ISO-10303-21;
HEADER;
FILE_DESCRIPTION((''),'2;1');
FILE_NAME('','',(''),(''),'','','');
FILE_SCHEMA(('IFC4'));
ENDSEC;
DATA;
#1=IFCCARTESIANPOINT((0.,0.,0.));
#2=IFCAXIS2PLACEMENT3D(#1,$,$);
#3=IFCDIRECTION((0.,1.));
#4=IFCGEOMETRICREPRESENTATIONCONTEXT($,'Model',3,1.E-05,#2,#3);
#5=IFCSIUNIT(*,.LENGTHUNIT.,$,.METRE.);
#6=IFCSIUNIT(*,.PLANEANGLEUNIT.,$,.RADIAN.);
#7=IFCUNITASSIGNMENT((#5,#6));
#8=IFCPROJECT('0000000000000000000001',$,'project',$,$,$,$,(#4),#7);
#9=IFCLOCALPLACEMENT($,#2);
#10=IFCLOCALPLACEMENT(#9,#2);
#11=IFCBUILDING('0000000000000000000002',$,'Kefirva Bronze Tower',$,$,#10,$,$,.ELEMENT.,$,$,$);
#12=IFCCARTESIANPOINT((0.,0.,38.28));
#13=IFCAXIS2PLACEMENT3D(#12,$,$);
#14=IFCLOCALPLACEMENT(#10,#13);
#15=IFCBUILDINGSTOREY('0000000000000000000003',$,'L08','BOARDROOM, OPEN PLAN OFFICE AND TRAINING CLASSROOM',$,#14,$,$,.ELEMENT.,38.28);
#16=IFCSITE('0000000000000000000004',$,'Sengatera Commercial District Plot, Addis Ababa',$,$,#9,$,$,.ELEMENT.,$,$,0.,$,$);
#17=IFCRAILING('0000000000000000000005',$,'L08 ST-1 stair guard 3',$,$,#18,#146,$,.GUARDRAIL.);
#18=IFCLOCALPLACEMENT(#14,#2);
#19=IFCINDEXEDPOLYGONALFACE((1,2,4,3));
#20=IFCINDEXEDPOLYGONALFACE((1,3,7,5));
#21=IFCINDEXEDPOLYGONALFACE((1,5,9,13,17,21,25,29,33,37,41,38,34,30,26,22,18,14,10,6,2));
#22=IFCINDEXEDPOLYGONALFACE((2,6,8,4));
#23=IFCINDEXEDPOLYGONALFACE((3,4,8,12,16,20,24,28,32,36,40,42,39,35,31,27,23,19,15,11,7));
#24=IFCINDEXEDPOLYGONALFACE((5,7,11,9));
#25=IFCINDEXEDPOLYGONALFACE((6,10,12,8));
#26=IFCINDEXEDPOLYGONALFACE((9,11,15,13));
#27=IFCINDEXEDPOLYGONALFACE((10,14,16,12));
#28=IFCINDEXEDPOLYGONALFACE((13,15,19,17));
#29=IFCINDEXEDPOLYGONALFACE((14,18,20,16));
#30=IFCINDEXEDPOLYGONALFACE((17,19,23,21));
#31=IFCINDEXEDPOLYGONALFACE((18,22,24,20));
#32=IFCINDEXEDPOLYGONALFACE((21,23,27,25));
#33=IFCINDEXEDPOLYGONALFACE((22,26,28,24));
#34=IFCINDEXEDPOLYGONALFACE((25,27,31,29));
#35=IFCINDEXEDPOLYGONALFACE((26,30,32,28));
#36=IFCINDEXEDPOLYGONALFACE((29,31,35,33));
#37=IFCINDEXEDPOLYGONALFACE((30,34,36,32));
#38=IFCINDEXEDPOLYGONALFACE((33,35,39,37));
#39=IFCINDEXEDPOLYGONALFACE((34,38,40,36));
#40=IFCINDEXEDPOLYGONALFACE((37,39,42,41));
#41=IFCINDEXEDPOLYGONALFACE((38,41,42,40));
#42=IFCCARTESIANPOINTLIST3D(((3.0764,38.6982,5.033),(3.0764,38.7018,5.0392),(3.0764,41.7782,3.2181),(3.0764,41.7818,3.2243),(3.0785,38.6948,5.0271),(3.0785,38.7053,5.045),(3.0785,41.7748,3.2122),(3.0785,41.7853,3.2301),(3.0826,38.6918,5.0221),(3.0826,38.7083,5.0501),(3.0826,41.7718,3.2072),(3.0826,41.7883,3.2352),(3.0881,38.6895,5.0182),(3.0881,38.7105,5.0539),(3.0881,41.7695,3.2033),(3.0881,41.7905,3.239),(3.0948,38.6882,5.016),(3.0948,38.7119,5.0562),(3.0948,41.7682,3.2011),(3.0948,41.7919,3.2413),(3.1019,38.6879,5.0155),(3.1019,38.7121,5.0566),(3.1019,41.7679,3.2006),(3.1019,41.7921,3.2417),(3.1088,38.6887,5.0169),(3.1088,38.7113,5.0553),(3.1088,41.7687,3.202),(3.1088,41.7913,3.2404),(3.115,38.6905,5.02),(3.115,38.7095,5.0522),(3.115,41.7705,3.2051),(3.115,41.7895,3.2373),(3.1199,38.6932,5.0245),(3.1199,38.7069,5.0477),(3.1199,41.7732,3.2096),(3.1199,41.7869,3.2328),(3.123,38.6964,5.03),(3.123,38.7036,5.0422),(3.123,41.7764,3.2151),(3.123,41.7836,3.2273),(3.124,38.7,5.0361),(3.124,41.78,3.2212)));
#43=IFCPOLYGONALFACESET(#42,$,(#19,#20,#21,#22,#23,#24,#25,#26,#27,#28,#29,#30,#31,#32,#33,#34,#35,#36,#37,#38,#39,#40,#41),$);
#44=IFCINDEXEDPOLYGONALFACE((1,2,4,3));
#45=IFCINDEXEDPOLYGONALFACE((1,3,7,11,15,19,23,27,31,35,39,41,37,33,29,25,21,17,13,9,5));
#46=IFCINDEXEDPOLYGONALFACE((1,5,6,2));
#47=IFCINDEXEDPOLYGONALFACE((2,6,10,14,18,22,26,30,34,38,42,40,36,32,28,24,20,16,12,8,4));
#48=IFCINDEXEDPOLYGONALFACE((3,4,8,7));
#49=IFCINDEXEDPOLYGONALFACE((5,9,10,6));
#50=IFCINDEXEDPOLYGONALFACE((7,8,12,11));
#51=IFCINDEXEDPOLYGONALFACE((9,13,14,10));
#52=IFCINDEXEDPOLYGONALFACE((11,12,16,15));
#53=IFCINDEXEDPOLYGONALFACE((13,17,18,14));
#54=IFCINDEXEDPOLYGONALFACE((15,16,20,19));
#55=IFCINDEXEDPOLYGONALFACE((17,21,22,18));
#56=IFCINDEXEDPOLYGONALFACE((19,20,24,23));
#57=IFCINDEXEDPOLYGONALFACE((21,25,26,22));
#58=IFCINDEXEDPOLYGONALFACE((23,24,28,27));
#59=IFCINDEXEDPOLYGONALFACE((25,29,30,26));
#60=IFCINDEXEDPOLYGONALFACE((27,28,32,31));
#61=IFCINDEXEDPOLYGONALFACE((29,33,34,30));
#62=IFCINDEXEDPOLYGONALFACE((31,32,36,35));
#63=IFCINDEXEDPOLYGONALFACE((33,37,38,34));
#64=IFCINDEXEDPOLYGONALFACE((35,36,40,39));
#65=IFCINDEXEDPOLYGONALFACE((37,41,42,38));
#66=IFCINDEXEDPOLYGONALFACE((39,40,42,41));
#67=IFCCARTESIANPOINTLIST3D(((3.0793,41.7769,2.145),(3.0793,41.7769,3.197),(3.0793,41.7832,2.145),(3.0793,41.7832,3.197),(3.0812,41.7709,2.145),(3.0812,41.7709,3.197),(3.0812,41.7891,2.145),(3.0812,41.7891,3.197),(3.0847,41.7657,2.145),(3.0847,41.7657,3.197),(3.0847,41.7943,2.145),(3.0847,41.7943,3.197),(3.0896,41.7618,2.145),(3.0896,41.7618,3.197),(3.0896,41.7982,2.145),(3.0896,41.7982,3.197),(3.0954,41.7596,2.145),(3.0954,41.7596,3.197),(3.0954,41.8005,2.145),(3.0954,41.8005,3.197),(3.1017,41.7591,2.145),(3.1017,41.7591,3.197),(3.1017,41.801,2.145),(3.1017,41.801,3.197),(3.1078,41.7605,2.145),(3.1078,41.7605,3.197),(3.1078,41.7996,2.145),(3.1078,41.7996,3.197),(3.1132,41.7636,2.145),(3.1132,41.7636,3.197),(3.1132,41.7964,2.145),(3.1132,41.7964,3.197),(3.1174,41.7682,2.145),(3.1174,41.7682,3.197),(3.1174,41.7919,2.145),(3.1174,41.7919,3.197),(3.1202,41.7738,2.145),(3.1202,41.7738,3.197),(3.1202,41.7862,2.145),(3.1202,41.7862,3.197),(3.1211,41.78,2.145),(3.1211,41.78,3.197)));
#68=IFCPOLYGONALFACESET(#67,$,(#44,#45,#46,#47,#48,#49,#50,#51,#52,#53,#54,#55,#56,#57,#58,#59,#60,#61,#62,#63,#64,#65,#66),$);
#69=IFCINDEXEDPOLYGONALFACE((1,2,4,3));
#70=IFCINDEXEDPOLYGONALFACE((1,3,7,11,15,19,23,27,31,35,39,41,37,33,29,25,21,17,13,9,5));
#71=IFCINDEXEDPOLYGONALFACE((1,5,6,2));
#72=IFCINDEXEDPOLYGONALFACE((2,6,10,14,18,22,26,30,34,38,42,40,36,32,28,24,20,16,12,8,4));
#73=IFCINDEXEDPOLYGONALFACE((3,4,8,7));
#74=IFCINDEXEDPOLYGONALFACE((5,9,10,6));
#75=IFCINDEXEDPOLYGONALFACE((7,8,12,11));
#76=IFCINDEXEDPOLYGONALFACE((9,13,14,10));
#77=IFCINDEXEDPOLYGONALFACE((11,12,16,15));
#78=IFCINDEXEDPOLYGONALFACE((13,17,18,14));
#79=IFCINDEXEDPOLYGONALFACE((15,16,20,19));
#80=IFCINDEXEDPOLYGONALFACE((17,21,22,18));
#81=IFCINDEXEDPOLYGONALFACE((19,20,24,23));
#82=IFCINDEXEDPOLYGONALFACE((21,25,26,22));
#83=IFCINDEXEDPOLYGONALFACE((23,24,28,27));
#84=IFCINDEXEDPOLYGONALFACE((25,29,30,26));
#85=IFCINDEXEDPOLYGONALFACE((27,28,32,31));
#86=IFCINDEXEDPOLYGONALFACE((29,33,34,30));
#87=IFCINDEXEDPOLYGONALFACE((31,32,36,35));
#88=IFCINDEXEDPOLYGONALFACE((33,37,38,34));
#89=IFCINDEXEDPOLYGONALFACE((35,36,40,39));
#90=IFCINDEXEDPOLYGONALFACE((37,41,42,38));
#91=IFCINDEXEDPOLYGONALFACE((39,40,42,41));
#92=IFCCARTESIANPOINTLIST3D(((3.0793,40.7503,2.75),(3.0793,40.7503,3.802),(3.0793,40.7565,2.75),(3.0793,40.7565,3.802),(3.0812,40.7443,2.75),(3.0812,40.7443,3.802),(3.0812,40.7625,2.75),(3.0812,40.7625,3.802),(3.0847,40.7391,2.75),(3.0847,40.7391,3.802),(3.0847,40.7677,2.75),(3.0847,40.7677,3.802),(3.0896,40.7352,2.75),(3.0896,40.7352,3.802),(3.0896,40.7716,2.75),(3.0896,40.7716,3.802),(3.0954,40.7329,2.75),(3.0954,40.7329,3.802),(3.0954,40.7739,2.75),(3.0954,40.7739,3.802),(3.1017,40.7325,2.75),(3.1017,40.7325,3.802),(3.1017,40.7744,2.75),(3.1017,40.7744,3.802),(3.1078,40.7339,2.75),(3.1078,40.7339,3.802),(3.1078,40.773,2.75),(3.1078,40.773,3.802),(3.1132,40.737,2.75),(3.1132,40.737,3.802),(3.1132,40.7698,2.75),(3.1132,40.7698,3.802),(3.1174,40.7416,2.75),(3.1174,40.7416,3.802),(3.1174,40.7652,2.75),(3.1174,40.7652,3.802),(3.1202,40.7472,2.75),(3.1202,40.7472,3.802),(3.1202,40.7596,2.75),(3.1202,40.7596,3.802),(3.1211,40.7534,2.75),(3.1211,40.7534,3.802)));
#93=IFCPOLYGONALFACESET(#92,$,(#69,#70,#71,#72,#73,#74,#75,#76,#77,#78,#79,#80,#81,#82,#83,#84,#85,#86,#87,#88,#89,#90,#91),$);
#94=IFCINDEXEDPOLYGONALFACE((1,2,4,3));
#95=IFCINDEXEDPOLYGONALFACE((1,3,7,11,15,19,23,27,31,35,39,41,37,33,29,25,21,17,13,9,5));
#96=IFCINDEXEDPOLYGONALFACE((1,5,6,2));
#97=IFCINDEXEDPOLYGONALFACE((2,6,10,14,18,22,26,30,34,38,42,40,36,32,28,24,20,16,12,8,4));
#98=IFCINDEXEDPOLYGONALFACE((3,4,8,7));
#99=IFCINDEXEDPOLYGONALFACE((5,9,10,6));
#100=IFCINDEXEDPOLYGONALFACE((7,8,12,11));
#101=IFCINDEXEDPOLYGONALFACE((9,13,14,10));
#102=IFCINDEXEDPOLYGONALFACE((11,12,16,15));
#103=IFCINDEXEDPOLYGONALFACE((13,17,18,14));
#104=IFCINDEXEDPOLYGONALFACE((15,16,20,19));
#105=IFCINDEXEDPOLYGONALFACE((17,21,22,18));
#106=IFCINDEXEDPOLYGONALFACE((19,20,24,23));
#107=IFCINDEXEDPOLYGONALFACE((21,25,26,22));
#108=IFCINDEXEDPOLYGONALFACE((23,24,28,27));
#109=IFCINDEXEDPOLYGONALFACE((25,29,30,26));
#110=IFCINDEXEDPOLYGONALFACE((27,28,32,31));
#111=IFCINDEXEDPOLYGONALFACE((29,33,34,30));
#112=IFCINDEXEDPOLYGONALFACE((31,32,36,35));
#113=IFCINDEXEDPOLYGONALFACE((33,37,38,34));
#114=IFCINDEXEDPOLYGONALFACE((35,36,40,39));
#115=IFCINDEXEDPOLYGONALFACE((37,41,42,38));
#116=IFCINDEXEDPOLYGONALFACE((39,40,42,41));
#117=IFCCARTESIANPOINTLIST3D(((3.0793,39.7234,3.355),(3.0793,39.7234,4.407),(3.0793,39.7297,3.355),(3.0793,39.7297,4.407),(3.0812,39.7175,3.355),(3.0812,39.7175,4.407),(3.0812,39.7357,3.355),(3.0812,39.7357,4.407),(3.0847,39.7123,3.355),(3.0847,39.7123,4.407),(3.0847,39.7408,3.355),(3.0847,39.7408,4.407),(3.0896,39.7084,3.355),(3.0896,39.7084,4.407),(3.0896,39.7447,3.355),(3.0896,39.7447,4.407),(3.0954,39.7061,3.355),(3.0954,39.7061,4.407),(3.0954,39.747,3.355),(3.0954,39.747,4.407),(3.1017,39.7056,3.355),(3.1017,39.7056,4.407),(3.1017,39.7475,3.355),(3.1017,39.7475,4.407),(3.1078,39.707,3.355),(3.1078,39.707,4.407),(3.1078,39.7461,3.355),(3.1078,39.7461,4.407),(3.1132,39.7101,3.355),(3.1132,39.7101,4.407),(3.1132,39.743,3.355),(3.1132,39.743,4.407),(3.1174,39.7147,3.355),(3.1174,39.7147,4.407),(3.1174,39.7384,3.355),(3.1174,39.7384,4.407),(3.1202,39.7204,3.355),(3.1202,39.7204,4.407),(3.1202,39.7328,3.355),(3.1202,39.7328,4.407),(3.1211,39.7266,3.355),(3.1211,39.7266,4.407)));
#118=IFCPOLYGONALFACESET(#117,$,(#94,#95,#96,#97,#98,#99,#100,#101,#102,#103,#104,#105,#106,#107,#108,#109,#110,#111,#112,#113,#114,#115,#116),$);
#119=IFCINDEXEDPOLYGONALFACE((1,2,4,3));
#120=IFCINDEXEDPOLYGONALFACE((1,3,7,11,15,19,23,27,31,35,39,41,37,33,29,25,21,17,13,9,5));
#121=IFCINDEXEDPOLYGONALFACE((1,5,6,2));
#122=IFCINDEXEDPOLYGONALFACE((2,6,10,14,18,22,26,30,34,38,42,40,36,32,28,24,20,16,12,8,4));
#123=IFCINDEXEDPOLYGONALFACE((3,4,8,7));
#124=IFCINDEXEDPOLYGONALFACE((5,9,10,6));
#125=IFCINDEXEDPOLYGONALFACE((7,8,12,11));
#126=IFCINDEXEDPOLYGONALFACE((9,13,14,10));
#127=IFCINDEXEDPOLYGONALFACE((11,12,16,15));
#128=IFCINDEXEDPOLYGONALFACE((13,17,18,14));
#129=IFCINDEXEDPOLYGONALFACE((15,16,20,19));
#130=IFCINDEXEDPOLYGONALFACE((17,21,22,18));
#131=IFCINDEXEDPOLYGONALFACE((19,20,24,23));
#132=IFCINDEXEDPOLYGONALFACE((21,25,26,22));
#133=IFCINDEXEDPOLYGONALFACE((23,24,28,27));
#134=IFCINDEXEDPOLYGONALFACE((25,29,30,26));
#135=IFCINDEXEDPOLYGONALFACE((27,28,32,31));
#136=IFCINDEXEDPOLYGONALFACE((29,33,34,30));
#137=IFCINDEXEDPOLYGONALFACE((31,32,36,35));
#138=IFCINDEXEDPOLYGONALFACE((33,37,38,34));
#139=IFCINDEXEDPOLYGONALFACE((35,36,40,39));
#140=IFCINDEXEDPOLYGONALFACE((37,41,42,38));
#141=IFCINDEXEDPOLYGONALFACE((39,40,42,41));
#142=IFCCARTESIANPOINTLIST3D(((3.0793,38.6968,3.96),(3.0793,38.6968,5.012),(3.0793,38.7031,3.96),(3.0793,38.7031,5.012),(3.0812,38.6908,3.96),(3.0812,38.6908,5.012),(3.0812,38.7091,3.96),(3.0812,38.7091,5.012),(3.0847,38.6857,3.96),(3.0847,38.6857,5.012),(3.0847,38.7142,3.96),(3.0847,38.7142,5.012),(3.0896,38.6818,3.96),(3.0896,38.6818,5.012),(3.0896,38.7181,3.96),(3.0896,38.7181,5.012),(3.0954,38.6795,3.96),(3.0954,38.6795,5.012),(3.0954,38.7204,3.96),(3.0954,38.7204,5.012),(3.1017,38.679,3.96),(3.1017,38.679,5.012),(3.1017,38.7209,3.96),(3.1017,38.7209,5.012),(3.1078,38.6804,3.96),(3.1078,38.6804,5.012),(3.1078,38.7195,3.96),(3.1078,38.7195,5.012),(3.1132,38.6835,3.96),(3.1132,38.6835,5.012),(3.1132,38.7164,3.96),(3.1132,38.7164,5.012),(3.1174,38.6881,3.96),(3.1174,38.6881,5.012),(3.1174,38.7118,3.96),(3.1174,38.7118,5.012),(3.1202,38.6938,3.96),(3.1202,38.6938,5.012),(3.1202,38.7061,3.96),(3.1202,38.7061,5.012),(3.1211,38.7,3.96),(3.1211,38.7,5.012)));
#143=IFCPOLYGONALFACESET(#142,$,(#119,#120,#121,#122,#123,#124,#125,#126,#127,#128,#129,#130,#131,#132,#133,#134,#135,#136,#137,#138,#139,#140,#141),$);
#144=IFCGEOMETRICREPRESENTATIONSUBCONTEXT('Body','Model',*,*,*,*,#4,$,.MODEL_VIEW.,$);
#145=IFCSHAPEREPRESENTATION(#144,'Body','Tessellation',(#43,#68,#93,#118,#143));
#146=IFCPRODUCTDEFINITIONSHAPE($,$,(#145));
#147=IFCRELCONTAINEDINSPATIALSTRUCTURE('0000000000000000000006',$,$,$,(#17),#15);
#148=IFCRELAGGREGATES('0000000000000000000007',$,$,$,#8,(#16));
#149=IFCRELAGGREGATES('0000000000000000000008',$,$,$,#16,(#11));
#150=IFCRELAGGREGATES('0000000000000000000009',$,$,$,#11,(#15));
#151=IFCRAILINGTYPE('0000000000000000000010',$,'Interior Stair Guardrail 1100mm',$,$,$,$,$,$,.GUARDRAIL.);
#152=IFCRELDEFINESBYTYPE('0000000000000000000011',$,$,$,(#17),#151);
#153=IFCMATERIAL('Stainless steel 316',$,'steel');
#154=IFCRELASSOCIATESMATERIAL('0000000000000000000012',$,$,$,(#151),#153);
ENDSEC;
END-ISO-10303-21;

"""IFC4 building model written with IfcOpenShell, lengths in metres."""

from ifc_helpers import new_model, si_unit, direction, frame, origin, origin_2d, place, context, subcontext, project, spatial, circle, extrude, material, type_object, element, save


model = new_model("IFC4")

# Units and contexts
model_context = context("Model", 3, precision=1e-05, world=origin(), true_north=direction((0.0, 1.0)))
body_context = subcontext(model_context, "Body", "Model", "MODEL_VIEW")
ifc_project = project(units=[si_unit("LENGTHUNIT", "METRE"), si_unit("PLANEANGLEUNIT", "RADIAN")], contexts=[model_context])

# Site, building, storey
site_placement = place(None, origin())
site = spatial("IfcSite", under=ifc_project, at=site_placement, Name="Sengatera Commercial District Plot, Addis Ababa", CompositionType="ELEMENT", RefElevation=0.0)
building_placement = place(site_placement, origin())
building = spatial("IfcBuilding", under=site, at=building_placement, Name="Kefirva Bronze Tower", CompositionType="ELEMENT")
storey_placement = place(building_placement, frame((0.0, 0.0, 38.28)))
storey = spatial("IfcBuildingStorey", under=building, at=storey_placement, Name="L08", Description="BOARDROOM, OPEN PLAN OFFICE AND TRAINING CLASSROOM", CompositionType="ELEMENT", Elevation=38.28)

# Railing
ifc_material_1 = material(Name="Stainless steel 316", Category="steel")
railing_type_1 = type_object("IfcRailingType", Name="Interior Stair Guardrail 1100mm", PredefinedType="GUARDRAIL", material=ifc_material_1)
railing_1_placement = place(storey_placement, frame((3.1001, 41.78, 2.145)))
element("IfcRailing", 1, at=railing_1_placement, inside=storey, type_object=railing_type_1, Name="L08 ST-1 stair guard 3", PredefinedType="GUARDRAIL", context=body_context, shape_type="SweptSolid", body=[
    extrude(circle(Radius=0.0239, at=origin_2d()), frame((0.0, 0.0, 1.0762), z_axis=(0.0, -0.861551, 0.507671), x_axis=(1.0, 0.0, 0.0)), (0.0, 0.0, 1.0), 3.575),
    extrude(circle(Radius=0.021, at=origin_2d()), origin(), (0.0, 0.0, 1.0), 1.052),
    extrude(circle(Radius=0.021, at=origin_2d()), frame((0.0, -1.0266, 0.605)), (0.0, 0.0, 1.0), 1.052),
    extrude(circle(Radius=0.021, at=origin_2d()), frame((0.0, -2.0535, 1.21)), (0.0, 0.0, 1.0), 1.052),
    extrude(circle(Radius=0.021, at=origin_2d()), frame((0.0, -3.0801, 1.8149)), (0.0, 0.0, 1.0), 1.052),
])

save(model, "model.ifc")
